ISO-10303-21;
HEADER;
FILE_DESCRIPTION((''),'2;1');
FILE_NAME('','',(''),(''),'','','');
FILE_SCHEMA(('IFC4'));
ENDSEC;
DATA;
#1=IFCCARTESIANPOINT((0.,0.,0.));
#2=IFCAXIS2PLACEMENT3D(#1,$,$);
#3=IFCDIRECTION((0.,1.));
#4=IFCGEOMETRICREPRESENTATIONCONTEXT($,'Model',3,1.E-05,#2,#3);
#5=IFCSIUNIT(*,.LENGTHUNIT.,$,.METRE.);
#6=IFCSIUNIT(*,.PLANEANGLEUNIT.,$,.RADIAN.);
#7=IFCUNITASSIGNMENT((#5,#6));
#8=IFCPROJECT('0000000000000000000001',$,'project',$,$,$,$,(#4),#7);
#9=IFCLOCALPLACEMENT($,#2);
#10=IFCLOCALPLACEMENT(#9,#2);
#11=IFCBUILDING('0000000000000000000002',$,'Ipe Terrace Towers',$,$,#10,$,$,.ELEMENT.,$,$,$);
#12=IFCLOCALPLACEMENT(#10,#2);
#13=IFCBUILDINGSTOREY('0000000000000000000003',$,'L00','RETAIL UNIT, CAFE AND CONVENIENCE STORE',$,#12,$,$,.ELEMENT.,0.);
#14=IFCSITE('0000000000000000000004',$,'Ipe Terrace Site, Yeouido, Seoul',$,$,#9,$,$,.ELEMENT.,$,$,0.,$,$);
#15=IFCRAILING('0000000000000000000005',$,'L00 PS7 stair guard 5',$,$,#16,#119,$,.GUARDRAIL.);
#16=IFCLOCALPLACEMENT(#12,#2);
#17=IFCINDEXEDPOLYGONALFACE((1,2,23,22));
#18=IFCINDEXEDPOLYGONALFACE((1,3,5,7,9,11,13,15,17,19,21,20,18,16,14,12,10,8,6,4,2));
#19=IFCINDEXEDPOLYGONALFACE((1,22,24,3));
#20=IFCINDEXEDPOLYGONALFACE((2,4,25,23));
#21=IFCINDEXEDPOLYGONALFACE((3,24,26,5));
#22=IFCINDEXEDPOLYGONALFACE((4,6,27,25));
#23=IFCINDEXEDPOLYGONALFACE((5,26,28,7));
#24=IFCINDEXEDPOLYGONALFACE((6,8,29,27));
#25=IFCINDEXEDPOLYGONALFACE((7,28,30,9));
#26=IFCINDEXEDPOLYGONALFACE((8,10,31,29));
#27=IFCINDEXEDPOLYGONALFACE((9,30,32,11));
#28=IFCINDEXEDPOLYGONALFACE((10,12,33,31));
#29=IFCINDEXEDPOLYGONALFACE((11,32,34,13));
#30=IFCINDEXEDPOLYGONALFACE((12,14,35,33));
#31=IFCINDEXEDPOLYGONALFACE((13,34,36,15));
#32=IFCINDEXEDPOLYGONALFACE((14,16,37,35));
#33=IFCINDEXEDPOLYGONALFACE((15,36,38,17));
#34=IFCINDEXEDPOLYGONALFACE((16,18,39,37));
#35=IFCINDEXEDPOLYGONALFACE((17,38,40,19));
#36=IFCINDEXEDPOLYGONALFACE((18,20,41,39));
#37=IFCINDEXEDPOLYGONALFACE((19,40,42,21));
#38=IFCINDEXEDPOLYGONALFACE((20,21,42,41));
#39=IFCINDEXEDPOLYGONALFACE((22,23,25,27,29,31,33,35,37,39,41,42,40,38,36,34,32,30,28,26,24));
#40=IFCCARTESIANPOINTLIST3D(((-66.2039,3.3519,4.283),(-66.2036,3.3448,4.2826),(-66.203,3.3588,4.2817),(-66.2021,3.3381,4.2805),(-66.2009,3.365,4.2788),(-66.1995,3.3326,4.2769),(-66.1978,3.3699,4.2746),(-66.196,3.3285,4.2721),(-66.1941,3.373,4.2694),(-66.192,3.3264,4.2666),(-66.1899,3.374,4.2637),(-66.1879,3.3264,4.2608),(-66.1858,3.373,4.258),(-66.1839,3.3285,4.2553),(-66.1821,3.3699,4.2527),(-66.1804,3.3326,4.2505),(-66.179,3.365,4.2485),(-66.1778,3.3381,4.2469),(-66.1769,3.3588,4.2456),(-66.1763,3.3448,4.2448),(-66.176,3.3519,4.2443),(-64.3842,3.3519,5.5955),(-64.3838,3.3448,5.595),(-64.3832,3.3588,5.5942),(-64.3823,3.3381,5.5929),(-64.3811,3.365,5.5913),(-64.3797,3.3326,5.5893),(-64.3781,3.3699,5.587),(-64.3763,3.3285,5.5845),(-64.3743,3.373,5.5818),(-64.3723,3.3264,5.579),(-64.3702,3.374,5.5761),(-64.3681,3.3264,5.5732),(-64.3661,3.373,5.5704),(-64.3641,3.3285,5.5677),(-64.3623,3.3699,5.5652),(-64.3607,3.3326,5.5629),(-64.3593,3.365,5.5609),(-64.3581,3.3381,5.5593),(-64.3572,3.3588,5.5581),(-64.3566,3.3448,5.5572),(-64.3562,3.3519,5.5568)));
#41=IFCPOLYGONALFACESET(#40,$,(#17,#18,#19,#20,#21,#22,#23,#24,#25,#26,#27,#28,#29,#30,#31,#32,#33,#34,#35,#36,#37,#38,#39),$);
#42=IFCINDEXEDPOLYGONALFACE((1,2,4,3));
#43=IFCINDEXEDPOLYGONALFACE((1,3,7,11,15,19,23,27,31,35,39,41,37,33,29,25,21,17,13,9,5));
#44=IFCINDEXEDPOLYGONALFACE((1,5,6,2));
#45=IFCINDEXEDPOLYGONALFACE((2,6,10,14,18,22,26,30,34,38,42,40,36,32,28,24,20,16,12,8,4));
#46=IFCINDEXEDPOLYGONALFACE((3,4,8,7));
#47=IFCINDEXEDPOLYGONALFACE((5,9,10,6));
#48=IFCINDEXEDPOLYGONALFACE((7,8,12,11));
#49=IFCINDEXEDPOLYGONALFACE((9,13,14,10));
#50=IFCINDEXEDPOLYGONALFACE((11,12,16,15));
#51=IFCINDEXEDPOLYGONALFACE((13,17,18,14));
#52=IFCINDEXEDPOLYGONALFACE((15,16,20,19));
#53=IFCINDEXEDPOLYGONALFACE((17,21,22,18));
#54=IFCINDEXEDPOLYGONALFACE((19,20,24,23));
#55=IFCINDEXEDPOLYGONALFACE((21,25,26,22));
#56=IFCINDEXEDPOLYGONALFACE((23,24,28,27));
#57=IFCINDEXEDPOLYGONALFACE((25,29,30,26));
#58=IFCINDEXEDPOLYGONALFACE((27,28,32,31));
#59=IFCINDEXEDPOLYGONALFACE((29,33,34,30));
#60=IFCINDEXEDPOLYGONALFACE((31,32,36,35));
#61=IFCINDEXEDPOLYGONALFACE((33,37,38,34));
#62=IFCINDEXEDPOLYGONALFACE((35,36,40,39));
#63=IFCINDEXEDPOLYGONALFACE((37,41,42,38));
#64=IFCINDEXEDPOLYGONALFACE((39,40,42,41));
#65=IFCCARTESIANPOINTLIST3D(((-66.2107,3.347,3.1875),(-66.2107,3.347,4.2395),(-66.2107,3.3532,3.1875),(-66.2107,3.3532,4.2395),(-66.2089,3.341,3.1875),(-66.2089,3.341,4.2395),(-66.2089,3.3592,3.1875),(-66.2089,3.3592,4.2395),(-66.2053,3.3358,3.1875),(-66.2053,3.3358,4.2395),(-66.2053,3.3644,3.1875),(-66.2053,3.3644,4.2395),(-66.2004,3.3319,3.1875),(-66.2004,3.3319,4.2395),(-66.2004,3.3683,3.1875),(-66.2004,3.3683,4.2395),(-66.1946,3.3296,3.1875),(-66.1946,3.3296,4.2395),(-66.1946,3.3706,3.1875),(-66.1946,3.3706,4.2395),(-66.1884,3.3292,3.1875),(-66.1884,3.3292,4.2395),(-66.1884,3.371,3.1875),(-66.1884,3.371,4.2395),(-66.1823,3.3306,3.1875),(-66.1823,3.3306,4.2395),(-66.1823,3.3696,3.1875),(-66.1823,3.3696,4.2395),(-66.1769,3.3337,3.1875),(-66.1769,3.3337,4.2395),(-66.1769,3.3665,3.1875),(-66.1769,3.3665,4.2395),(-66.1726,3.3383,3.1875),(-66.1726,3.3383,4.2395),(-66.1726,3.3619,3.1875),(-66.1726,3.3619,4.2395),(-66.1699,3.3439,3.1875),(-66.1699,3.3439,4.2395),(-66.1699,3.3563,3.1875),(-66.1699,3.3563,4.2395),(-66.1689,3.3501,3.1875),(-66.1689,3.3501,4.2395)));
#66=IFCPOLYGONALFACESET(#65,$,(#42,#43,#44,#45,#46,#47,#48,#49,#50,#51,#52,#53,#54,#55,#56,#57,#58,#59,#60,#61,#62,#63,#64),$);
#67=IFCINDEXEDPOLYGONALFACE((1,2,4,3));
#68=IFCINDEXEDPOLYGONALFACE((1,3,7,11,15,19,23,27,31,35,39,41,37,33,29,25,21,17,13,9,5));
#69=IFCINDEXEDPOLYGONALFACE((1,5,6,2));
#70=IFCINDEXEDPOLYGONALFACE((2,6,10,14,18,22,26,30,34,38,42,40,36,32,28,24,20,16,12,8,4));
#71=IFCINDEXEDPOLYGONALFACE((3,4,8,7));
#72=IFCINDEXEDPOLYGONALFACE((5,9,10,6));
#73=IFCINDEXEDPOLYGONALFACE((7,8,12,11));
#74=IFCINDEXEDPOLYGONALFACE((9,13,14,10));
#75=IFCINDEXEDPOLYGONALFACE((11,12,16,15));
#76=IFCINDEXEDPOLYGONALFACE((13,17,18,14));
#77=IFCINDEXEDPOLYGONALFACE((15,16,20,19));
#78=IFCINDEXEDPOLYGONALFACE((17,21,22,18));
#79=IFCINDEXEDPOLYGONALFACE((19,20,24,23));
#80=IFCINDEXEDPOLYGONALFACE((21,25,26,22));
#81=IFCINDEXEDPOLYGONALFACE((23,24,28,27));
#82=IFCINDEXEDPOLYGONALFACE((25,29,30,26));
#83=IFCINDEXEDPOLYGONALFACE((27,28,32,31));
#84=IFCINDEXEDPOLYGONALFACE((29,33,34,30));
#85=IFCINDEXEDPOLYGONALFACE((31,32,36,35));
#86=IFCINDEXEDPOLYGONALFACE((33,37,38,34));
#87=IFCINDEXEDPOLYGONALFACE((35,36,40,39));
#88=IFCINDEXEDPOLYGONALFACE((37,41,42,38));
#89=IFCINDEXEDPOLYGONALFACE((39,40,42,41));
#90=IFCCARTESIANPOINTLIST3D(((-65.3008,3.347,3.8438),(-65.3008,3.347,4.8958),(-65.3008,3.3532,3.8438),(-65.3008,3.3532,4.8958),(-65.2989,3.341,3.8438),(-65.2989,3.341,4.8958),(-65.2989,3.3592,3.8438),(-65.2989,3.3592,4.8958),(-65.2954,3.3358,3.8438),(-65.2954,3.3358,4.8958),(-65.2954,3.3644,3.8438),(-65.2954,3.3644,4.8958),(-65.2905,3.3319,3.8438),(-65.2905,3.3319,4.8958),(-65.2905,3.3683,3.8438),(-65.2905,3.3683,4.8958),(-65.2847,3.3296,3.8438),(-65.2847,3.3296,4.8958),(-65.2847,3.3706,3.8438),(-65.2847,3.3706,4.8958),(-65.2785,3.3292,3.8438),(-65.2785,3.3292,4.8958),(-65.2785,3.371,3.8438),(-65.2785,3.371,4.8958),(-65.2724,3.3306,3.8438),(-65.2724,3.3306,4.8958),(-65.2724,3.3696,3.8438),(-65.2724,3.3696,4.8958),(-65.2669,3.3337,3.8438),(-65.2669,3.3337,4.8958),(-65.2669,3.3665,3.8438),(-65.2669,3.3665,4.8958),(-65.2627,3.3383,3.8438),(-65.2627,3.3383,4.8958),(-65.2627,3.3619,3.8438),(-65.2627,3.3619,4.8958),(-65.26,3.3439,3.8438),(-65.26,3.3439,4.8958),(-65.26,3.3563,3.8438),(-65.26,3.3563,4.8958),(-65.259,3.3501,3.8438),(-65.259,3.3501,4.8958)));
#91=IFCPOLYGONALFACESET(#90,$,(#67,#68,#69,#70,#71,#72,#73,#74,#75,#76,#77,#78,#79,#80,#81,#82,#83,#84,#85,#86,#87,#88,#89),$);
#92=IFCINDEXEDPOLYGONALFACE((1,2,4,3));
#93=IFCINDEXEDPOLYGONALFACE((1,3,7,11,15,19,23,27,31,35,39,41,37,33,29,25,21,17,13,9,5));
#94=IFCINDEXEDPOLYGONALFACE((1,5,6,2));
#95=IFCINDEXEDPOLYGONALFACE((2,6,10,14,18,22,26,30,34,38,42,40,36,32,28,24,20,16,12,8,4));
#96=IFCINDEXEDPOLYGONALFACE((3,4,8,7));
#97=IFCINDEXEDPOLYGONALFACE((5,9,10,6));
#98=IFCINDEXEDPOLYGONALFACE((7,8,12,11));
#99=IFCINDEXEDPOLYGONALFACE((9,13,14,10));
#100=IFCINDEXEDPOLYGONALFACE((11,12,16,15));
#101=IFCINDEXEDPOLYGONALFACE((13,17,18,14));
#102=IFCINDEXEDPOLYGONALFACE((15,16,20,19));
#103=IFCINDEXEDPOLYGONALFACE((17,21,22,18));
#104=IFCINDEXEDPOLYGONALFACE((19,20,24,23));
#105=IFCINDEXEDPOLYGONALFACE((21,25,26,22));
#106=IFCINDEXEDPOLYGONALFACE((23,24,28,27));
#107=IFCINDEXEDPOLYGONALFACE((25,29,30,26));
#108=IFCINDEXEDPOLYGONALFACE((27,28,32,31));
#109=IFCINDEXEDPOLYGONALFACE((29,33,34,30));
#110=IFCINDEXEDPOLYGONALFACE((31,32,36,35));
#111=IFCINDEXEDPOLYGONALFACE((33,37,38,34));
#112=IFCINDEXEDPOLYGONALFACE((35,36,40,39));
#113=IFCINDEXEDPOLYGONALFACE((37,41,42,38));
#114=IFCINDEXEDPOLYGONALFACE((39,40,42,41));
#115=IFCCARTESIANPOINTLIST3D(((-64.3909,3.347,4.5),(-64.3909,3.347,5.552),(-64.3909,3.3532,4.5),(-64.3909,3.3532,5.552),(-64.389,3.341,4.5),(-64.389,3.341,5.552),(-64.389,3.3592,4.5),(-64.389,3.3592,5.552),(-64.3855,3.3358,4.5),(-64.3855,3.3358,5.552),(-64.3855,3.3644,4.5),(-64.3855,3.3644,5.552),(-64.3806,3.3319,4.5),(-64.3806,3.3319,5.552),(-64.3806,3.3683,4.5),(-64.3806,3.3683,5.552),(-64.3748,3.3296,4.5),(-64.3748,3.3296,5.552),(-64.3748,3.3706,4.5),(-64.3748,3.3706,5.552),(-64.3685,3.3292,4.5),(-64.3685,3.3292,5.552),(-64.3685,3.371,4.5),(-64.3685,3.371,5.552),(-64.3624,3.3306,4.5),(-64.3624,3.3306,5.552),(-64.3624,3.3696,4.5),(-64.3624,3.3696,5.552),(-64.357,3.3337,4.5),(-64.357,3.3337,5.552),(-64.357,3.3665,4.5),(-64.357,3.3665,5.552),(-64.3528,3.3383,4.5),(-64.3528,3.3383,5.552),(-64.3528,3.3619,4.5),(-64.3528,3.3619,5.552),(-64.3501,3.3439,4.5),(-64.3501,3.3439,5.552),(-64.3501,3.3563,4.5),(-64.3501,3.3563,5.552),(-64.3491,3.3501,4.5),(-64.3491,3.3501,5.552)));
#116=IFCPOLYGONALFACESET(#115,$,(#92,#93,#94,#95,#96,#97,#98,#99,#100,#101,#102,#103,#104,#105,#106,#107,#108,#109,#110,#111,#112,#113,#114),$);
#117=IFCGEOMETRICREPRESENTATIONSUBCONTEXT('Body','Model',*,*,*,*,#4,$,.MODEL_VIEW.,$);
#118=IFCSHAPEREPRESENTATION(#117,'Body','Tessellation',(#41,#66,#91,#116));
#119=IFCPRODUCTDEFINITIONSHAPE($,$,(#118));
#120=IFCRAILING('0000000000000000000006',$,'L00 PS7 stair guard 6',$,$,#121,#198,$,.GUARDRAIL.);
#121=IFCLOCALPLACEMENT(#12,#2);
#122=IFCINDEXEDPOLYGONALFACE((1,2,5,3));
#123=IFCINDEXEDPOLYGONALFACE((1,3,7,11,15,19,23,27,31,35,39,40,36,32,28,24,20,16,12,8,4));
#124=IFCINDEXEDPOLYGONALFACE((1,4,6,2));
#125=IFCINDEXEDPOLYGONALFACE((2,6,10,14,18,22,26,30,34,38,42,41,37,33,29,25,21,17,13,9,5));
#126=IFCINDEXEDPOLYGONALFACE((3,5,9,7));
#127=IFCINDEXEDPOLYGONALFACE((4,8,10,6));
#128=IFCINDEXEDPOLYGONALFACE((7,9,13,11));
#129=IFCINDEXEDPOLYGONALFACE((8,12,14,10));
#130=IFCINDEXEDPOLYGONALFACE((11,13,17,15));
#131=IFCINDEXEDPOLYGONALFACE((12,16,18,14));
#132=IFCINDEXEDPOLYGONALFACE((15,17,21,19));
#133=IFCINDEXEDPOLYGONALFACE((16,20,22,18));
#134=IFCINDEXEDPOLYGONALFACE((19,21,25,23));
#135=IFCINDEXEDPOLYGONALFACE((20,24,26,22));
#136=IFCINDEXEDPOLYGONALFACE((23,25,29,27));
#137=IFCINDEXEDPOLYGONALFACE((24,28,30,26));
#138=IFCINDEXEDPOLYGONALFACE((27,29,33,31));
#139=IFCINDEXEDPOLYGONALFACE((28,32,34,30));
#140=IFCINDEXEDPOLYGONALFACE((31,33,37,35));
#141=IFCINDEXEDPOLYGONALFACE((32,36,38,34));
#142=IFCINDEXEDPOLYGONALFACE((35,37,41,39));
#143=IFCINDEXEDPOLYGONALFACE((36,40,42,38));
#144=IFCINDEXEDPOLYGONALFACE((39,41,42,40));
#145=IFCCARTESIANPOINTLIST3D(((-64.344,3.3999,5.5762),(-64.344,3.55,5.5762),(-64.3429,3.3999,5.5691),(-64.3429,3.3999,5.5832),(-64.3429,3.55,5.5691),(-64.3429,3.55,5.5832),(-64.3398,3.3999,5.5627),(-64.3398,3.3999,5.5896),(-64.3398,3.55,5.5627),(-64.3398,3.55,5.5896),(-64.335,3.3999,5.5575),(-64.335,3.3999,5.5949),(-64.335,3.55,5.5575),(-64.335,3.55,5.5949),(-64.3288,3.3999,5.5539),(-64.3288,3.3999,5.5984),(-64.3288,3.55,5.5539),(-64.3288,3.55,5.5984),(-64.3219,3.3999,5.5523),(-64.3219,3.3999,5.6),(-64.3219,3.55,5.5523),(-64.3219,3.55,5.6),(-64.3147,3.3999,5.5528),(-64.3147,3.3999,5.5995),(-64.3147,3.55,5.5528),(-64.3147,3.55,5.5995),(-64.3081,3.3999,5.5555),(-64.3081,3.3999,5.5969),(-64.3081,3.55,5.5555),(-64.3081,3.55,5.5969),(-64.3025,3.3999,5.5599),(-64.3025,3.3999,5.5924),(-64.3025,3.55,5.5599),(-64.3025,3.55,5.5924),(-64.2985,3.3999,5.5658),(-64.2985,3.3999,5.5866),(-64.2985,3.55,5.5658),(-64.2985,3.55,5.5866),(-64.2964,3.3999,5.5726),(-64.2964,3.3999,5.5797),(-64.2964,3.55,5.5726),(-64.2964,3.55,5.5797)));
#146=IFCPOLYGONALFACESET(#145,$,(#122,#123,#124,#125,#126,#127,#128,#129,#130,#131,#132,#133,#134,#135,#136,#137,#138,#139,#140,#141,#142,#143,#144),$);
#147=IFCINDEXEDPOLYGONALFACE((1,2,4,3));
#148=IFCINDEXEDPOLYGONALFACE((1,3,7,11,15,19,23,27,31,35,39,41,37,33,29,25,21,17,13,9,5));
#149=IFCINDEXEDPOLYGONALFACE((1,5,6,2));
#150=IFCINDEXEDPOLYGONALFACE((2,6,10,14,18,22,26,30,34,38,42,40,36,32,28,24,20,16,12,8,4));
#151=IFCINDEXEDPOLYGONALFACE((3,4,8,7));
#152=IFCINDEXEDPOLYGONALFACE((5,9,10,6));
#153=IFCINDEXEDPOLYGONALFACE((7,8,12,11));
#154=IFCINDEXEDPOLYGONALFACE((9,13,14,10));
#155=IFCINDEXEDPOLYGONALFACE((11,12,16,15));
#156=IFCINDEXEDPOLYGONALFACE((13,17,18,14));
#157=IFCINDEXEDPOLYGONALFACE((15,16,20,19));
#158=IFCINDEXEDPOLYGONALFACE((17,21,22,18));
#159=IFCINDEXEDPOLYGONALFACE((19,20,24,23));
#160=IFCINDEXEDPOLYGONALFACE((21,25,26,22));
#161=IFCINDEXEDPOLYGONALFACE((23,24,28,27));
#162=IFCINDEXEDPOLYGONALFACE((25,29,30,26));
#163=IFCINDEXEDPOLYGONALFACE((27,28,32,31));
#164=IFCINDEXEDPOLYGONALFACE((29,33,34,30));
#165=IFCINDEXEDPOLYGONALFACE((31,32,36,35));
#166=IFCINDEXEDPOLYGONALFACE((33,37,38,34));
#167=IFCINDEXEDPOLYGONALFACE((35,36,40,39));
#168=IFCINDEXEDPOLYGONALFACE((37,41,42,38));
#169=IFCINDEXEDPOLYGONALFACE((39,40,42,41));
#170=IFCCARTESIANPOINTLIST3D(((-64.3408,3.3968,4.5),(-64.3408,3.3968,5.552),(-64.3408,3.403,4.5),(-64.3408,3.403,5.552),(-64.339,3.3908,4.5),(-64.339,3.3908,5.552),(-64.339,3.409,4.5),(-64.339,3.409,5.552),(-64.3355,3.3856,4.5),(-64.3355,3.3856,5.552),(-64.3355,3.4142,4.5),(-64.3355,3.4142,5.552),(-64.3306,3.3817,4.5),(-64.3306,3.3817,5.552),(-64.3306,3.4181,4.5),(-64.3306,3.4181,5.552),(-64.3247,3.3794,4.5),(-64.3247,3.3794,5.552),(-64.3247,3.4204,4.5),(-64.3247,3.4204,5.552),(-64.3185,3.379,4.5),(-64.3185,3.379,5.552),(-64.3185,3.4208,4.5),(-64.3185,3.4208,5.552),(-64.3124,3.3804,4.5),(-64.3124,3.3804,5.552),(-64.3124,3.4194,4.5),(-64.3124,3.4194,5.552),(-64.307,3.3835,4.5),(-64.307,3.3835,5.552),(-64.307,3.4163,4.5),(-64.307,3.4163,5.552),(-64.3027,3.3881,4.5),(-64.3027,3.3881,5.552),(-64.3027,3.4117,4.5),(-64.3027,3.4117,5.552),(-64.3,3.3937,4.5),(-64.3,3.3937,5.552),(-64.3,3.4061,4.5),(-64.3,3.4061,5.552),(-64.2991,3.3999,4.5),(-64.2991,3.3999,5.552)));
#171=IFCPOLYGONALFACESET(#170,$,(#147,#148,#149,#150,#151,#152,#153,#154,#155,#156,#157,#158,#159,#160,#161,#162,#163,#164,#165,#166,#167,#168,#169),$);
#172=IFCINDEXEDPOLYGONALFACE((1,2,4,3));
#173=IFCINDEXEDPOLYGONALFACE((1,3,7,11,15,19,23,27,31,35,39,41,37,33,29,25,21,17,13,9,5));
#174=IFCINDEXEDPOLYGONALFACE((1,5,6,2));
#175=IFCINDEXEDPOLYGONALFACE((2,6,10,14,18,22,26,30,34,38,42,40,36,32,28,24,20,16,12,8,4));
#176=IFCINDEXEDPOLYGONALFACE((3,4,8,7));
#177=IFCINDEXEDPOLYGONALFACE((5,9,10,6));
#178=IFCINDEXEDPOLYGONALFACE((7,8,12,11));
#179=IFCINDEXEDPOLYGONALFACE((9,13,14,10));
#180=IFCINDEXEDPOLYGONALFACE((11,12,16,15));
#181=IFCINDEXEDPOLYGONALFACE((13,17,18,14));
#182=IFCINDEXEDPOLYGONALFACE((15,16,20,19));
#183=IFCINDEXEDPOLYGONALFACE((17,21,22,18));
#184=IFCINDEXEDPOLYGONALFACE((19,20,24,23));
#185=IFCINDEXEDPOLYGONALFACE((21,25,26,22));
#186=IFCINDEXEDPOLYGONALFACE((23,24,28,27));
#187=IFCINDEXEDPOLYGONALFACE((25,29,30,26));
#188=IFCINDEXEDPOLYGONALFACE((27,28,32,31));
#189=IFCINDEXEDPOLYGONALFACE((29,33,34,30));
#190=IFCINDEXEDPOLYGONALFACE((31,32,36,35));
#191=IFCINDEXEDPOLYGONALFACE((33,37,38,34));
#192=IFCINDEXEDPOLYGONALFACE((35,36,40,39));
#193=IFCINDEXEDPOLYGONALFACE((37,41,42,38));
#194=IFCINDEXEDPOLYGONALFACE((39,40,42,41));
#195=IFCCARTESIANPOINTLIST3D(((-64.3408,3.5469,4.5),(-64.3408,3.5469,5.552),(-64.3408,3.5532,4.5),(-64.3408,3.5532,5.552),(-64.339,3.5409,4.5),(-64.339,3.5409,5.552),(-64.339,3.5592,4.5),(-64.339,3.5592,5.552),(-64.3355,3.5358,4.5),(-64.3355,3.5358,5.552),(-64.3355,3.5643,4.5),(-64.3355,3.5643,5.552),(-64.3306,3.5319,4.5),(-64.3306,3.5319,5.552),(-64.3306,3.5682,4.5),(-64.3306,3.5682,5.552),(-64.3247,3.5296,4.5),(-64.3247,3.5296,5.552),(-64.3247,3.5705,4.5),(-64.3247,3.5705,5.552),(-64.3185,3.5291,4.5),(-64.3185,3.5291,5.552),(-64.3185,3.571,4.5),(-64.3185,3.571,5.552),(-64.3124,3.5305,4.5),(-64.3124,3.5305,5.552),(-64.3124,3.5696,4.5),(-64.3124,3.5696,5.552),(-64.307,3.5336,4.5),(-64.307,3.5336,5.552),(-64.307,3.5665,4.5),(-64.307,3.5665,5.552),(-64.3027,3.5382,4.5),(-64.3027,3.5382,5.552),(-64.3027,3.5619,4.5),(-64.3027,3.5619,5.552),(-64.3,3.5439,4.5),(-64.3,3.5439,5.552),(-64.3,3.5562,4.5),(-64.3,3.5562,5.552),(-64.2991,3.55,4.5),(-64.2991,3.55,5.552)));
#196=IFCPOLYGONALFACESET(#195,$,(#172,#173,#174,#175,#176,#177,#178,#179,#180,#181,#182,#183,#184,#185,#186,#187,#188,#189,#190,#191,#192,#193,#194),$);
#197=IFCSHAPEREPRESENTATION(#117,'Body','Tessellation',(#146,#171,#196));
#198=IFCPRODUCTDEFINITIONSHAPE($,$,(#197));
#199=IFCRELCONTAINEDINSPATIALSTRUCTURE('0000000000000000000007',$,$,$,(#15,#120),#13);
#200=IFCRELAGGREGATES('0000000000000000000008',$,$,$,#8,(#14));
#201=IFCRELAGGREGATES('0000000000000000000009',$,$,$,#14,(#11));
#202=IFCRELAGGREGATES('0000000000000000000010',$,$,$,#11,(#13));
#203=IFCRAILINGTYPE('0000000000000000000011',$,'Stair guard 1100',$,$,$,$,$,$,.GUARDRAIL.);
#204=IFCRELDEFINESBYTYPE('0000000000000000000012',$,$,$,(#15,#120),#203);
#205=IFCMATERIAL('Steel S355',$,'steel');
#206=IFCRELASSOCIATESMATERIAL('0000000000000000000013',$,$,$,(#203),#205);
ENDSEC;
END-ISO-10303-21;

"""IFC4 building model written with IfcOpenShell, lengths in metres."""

from ifc_helpers import new_model, si_unit, direction, frame, origin, origin_2d, place, context, subcontext, project, spatial, circle, extrude, material, type_object, element, save


model = new_model("IFC4")

# Units and contexts
model_context = context("Model", 3, precision=1e-05, world=origin(), true_north=direction((0.0, 1.0)))
body_context = subcontext(model_context, "Body", "Model", "MODEL_VIEW")
ifc_project = project(units=[si_unit("LENGTHUNIT", "METRE"), si_unit("PLANEANGLEUNIT", "RADIAN")], contexts=[model_context])

# Site, building, storey
site_placement = place(None, origin())
site = spatial("IfcSite", under=ifc_project, at=site_placement, Name="Ipe Terrace Site, Yeouido, Seoul", CompositionType="ELEMENT", RefElevation=0.0)
building_placement = place(site_placement, origin())
building = spatial("IfcBuilding", under=site, at=building_placement, Name="Ipe Terrace Towers", CompositionType="ELEMENT")
storey_placement = place(building_placement, origin())
storey = spatial("IfcBuildingStorey", under=building, at=storey_placement, Name="L00", Description="RETAIL UNIT, CAFE AND CONVENIENCE STORE", CompositionType="ELEMENT", Elevation=0.0)

# Railings
ifc_material_1 = material(Name="Steel S355", Category="steel")
railing_type_1 = type_object("IfcRailingType", Name="Stair guard 1100", PredefinedType="GUARDRAIL", material=ifc_material_1)
railing_1_placement = place(storey_placement, frame((-66.1899, 3.3501, 3.1875)))
element("IfcRailing", 1, at=railing_1_placement, inside=storey, type_object=railing_type_1, Name="L00 PS7 stair guard 5", PredefinedType="GUARDRAIL", context=body_context, shape_type="SweptSolid", body=[
    extrude(circle(Radius=0.0239, at=origin_2d()), frame((0.0, 0.0, 1.0762), z_axis=(0.811064, 0.0, 0.584958), x_axis=(0.0, 1.0, 0.0)), (0.0, 0.0, 1.0), 2.2437),
    extrude(circle(Radius=0.021, at=origin_2d()), origin(), (0.0, 0.0, 1.0), 1.052),
    extrude(circle(Radius=0.021, at=origin_2d()), frame((0.9099, 0.0, 0.6562)), (0.0, 0.0, 1.0), 1.052),
    extrude(circle(Radius=0.021, at=origin_2d()), frame((1.8198, 0.0, 1.3125)), (0.0, 0.0, 1.0), 1.052),
])
railing_2_placement = place(storey_placement, frame((-64.3201, 3.3999, 4.5)))
element("IfcRailing", 2, at=railing_2_placement, inside=storey, type_object=railing_type_1, Name="L00 PS7 stair guard 6", PredefinedType="GUARDRAIL", context=body_context, shape_type="SweptSolid", body=[
    extrude(circle(Radius=0.0239, at=origin_2d()), frame((0.0, 0.0, 1.0762), z_axis=(0.0, 1.0, 0.0), x_axis=(-1.0, 0.0, 0.0)), (0.0, 0.0, 1.0), 0.1501),
    extrude(circle(Radius=0.021, at=origin_2d()), origin(), (0.0, 0.0, 1.0), 1.052),
    extrude(circle(Radius=0.021, at=origin_2d()), frame((0.0, 0.1501, 0.0)), (0.0, 0.0, 1.0), 1.052),
])

save(model, "model.ifc")
